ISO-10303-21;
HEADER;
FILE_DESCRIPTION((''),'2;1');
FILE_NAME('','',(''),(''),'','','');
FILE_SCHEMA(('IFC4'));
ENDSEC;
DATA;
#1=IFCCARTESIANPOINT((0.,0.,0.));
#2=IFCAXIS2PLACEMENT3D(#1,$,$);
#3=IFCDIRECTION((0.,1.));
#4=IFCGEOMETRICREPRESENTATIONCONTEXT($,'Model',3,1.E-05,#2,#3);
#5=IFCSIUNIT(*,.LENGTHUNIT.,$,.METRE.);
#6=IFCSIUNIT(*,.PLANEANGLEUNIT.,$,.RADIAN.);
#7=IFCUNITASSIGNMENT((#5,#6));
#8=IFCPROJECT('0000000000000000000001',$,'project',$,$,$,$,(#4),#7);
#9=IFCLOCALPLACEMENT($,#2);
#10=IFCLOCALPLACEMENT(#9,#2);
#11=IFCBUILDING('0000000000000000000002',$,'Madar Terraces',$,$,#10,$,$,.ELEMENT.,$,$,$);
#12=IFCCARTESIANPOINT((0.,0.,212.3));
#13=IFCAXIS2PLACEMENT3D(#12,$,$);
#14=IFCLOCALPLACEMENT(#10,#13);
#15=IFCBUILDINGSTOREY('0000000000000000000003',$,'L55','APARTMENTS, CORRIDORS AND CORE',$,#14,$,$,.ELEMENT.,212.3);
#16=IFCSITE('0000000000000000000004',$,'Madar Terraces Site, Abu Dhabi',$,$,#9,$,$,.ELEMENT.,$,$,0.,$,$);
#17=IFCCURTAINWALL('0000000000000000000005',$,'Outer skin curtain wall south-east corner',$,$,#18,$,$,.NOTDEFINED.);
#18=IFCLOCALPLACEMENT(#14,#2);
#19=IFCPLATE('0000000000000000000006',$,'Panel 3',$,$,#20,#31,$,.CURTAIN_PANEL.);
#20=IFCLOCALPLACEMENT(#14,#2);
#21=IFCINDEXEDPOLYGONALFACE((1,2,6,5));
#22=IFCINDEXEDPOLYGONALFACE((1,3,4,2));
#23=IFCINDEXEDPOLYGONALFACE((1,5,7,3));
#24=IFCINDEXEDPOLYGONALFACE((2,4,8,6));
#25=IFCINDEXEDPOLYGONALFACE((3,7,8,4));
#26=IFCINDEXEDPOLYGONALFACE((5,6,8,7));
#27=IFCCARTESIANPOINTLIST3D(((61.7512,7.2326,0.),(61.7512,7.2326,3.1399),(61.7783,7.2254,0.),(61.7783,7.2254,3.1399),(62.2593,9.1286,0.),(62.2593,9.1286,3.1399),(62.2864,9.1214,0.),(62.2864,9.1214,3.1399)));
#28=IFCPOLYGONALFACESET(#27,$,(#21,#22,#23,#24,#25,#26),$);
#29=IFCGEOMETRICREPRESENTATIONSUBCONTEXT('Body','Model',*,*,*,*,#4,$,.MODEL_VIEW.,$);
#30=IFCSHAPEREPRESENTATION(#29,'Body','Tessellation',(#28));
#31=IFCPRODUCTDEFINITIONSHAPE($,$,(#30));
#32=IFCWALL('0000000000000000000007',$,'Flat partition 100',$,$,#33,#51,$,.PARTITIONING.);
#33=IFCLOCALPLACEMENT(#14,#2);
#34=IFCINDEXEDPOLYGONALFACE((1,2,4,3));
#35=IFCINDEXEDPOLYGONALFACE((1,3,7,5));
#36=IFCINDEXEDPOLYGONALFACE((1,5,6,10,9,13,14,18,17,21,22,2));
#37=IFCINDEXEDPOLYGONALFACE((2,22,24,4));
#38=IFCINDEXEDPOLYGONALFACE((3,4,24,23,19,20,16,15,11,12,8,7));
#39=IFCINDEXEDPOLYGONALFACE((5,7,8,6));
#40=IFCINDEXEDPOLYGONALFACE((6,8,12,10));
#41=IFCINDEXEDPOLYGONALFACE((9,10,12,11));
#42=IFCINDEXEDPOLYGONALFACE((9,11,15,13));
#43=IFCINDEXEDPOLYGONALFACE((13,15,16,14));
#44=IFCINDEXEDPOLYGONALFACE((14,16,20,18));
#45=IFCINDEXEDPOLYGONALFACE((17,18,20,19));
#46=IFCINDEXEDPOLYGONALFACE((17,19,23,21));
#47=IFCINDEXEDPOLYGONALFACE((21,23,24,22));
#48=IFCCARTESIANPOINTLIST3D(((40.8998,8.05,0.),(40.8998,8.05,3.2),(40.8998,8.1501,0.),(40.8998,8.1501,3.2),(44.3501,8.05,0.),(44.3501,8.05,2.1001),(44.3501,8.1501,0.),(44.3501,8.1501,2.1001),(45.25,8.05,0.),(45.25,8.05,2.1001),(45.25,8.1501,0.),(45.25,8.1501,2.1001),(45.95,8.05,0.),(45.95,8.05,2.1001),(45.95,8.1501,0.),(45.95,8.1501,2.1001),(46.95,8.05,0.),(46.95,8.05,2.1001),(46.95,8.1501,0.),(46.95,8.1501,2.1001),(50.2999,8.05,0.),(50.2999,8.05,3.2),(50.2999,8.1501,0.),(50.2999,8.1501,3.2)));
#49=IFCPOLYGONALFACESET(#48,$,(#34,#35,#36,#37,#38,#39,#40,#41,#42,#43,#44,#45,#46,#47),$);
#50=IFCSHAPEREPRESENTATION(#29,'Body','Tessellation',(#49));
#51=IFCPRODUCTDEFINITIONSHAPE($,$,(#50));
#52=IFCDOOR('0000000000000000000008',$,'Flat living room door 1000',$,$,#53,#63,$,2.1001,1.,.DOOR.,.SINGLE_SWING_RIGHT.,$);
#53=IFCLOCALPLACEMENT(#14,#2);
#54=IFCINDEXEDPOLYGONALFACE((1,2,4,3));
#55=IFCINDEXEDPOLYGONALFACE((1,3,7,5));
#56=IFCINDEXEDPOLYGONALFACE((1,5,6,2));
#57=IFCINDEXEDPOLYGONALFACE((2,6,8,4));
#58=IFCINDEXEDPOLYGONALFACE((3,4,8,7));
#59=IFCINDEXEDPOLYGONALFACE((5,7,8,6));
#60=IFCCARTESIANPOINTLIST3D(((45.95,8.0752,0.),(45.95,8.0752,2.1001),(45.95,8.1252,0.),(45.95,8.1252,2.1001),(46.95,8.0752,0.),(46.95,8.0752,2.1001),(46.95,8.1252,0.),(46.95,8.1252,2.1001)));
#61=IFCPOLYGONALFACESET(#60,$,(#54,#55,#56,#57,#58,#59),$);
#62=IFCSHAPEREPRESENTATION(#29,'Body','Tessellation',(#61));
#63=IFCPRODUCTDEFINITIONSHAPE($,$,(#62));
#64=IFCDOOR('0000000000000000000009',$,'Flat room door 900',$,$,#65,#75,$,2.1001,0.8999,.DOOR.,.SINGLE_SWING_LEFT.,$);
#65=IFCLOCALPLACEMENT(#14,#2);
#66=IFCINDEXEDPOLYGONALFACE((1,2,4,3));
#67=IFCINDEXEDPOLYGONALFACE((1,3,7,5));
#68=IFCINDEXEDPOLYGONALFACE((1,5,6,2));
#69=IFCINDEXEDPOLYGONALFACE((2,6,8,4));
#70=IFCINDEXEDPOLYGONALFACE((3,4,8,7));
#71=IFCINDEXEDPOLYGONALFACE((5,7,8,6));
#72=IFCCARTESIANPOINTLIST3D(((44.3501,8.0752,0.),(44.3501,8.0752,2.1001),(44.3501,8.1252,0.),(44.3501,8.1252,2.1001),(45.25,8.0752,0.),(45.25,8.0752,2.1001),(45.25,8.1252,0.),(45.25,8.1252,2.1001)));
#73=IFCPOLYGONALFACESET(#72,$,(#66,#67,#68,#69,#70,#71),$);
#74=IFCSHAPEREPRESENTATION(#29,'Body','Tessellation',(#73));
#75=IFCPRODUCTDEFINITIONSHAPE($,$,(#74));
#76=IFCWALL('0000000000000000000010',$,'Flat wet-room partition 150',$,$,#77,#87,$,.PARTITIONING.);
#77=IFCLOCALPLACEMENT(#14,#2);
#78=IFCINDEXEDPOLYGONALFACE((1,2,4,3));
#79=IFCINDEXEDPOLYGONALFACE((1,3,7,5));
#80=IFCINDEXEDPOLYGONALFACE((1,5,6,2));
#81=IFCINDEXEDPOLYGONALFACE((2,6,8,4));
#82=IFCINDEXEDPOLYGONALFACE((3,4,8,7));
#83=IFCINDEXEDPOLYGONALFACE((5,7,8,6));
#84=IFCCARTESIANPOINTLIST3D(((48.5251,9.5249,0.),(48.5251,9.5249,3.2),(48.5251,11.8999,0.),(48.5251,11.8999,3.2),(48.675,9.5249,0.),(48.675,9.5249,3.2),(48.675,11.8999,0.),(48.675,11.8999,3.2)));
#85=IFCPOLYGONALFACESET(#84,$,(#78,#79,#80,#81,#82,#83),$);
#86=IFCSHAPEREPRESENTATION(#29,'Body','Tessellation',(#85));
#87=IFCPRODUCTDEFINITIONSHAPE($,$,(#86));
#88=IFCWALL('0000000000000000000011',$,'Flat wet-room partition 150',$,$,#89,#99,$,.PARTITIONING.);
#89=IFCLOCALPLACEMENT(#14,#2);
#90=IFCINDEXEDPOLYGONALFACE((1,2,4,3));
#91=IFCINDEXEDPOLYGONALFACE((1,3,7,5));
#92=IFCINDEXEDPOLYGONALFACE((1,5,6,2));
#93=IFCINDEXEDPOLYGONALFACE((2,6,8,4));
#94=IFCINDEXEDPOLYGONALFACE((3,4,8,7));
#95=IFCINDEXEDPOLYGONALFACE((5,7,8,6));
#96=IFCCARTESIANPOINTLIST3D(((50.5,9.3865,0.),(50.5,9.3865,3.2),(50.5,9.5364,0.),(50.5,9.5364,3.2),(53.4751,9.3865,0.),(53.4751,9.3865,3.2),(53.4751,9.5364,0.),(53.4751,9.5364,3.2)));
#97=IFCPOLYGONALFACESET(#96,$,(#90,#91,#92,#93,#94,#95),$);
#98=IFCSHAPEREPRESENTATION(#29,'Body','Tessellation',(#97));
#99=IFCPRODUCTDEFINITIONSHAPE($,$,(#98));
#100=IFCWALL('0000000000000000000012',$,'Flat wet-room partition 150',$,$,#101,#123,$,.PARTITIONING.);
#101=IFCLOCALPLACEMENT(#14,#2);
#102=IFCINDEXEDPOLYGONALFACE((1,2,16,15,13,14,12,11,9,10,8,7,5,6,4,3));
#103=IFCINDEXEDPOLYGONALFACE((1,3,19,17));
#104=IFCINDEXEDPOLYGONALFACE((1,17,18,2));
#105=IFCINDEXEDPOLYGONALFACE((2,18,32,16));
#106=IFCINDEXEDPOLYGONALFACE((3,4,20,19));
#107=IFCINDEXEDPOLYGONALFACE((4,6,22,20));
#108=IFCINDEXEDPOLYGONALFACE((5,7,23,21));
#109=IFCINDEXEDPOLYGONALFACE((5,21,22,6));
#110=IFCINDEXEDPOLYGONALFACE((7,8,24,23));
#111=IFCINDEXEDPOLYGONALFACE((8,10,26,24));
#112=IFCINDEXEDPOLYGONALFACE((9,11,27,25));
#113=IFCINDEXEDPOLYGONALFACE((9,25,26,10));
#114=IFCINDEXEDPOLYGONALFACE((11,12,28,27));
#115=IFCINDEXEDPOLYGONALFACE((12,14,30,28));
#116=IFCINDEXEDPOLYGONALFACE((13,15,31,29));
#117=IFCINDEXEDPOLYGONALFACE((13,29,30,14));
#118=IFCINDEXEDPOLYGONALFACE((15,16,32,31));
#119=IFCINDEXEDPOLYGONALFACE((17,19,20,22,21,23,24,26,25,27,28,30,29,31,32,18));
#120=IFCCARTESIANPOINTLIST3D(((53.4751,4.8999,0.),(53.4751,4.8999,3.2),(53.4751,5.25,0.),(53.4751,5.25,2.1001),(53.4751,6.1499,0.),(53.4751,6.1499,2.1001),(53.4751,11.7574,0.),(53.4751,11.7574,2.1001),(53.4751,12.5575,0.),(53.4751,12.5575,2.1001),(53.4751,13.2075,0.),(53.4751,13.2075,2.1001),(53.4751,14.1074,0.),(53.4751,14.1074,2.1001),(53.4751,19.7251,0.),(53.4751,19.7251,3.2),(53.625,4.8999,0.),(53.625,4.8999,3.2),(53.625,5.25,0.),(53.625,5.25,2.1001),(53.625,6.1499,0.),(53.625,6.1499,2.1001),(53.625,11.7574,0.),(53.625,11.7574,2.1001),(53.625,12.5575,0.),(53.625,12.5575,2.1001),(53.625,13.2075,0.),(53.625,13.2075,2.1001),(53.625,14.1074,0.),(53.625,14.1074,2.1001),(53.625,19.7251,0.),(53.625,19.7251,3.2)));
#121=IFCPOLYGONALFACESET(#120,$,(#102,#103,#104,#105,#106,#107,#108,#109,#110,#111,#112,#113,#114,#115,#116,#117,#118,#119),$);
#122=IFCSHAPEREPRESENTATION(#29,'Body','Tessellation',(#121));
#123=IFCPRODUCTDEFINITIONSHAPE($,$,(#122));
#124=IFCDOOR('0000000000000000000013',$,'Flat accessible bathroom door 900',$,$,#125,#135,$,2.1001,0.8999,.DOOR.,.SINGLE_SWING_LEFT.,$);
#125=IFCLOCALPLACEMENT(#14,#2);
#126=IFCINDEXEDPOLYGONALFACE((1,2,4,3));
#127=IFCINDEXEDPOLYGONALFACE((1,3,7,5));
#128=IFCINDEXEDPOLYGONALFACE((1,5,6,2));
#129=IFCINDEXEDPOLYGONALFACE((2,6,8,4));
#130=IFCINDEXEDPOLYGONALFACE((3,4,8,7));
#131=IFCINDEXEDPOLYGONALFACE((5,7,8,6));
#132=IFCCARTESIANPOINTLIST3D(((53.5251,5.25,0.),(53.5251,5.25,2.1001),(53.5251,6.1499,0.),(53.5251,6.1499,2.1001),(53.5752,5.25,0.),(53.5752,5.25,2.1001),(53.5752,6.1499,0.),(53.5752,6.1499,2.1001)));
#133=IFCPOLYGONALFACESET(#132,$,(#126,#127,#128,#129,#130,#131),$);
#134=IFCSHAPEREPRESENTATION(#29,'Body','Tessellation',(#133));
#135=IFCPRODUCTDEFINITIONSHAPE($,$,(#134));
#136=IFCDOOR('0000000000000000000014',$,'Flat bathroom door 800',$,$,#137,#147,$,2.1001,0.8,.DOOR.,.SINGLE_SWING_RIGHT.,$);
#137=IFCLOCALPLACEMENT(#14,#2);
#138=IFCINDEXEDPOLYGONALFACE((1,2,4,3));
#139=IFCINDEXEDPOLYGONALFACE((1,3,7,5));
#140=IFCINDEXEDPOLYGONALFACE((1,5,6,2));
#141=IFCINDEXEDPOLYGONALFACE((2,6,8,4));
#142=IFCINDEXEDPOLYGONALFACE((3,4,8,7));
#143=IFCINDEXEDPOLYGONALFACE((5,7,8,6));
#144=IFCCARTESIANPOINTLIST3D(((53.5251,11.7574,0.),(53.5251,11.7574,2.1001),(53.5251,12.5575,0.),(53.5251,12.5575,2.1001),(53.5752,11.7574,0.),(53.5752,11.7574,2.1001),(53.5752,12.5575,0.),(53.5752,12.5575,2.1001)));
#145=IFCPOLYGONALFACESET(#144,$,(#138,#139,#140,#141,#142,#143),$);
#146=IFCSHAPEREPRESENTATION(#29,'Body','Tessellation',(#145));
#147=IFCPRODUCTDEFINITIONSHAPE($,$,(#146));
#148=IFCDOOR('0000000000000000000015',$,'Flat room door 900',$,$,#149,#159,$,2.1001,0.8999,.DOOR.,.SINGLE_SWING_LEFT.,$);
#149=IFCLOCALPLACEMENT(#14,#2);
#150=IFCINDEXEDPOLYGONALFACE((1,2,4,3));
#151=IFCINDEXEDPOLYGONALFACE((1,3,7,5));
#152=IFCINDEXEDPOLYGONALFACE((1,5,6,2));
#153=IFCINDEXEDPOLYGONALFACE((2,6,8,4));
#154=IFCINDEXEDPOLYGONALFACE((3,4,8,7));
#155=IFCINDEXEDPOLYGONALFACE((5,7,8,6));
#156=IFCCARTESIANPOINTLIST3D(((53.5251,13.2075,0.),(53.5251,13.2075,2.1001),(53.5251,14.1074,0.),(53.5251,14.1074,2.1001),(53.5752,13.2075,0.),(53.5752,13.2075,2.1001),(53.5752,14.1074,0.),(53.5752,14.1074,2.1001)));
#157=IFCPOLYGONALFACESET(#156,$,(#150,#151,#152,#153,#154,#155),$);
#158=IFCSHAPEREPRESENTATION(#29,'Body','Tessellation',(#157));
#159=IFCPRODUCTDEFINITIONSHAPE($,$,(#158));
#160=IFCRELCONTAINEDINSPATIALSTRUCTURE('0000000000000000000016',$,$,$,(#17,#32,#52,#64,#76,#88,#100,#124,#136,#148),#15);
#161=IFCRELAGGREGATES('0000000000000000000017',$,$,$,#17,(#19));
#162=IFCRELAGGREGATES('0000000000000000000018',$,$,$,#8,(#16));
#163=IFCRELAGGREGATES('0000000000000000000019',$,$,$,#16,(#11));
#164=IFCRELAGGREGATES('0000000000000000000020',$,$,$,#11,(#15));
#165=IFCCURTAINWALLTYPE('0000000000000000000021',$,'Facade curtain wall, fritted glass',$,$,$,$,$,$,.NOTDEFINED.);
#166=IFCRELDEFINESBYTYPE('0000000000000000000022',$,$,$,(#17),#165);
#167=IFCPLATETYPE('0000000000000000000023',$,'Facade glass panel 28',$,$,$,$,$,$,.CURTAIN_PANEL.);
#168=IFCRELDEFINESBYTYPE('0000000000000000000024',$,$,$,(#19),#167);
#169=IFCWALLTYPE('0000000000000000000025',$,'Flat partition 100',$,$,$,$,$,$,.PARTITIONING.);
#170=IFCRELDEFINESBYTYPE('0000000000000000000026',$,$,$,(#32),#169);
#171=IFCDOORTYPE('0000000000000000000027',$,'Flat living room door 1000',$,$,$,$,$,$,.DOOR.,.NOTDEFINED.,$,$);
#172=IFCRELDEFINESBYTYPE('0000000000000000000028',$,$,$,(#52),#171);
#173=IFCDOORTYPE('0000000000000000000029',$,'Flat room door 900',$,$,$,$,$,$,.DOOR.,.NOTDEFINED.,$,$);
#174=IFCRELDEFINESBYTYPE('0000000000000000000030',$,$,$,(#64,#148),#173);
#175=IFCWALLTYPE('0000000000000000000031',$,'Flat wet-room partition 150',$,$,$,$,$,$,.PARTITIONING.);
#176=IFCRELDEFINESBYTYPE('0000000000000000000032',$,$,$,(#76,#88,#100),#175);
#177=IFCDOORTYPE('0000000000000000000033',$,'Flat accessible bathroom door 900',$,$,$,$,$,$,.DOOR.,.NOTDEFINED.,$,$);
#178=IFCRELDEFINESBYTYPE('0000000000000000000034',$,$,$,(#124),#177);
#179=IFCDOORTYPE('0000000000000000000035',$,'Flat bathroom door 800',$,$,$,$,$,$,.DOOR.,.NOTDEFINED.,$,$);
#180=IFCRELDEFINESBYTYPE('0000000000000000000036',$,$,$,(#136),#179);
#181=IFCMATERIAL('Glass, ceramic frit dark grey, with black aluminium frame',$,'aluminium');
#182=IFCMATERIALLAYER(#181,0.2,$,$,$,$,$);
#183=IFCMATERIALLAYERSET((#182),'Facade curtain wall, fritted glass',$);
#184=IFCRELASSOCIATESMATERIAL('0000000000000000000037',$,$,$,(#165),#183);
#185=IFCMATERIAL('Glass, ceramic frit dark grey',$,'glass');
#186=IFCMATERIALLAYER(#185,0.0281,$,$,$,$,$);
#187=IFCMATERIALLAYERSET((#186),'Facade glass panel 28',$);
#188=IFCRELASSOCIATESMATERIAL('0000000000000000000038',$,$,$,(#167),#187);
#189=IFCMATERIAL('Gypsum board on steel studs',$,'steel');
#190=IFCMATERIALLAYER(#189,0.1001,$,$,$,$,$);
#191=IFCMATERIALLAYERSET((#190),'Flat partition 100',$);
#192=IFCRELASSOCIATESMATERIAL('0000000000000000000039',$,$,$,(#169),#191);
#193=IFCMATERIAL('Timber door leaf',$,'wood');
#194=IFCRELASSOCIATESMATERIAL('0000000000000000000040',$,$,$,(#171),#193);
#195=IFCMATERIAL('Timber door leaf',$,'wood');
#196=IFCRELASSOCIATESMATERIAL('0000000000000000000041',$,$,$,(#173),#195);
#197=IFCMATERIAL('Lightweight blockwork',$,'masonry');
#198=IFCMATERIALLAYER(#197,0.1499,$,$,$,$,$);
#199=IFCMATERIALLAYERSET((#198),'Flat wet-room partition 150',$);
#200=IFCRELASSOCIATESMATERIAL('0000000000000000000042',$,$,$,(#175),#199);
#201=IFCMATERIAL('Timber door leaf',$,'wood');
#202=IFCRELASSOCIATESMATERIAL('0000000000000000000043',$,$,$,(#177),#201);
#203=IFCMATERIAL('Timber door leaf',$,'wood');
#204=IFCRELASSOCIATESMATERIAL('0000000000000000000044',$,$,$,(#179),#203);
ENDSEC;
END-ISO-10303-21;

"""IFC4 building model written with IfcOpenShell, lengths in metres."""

from ifc_helpers import new_model, si_unit, direction, frame, frame_2d, origin, origin_2d, place, context, subcontext, project, spatial, rectangle, extrude, material, layer, layer_set, type_object, element, fill, aggregate, save


model = new_model("IFC4")

# Units and contexts
model_context = context("Model", 3, precision=1e-05, world=origin(), true_north=direction((0.0, 1.0)))
body_context = subcontext(model_context, "Body", "Model", "MODEL_VIEW")
ifc_project = project(units=[si_unit("LENGTHUNIT", "METRE"), si_unit("PLANEANGLEUNIT", "RADIAN")], contexts=[model_context])

# Site, building, storey
site_placement = place(None, origin())
site = spatial("IfcSite", under=ifc_project, at=site_placement, Name="Madar Terraces Site, Abu Dhabi", CompositionType="ELEMENT", RefElevation=0.0)
building_placement = place(site_placement, origin())
building = spatial("IfcBuilding", under=site, at=building_placement, Name="Madar Terraces", CompositionType="ELEMENT")
storey_placement = place(building_placement, frame((0.0, 0.0, 212.3)))
storey = spatial("IfcBuildingStorey", under=building, at=storey_placement, Name="L55", Description="APARTMENTS, CORRIDORS AND CORE", CompositionType="ELEMENT", Elevation=212.3)

# Shared definitions
ifc_material_1 = material(Name="Glass, ceramic frit dark grey, with black aluminium frame", Category="aluminium")
ifc_layer_1 = layer(ifc_material_1, 0.2)
ifc_layer_set_1 = layer_set([ifc_layer_1], Name="Facade curtain wall, fritted glass")
curtain_wall_type = type_object("IfcCurtainWallType", Name="Facade curtain wall, fritted glass", PredefinedType="NOTDEFINED", material=ifc_layer_set_1)

# Curtain wall
curtain_wall_1_placement = place(storey_placement, origin())
curtain_wall_1 = element("IfcCurtainWall", 1, at=curtain_wall_1_placement, inside=storey, type_object=curtain_wall_type, Name="Outer skin curtain wall south-east corner", PredefinedType="NOTDEFINED")

# Plate
ifc_material_2 = material(Name="Glass, ceramic frit dark grey", Category="glass")
ifc_layer_2 = layer(ifc_material_2, 0.0281)
ifc_layer_set_2 = layer_set([ifc_layer_2], Name="Facade glass panel 28")
plate_type = type_object("IfcPlateType", Name="Facade glass panel 28", PredefinedType="CURTAIN_PANEL", material=ifc_layer_set_2)
plate_1_placement = place(storey_placement, frame((62.0188, 8.177, 0.0), z_axis=(0.0, 0.0, 1.0), x_axis=(0.258819, 0.965926, 0.0)))
plate_1 = element("IfcPlate", 2, at=plate_1_placement, type_object=plate_type, Name="Panel 3", PredefinedType="CURTAIN_PANEL", context=body_context, shape_type="SweptSolid", body=[
    extrude(rectangle(XDim=1.9629, YDim=0.0281, at=origin_2d()), origin(), (0.0, 0.0, 1.0), 3.1399),
])
aggregate(curtain_wall_1, [plate_1])

# Wall, openings, doors
ifc_material_3 = material(Name="Gypsum board on steel studs", Category="steel")
ifc_layer_3 = layer(ifc_material_3, 0.1001)
ifc_layer_set_3 = layer_set([ifc_layer_3], Name="Flat partition 100")
wall_type_1 = type_object("IfcWallType", Name="Flat partition 100", PredefinedType="PARTITIONING", material=ifc_layer_set_3)
wall_1_placement = place(storey_placement, frame((50.3, 8.1001, 0.0), z_axis=(0.0, 0.0, 1.0), x_axis=(-1.0, 0.0, 0.0)))
wall_1 = element("IfcWall", 3, at=wall_1_placement, inside=storey, type_object=wall_type_1, Name="Flat partition 100", PredefinedType="PARTITIONING", context=body_context, shape_type="SweptSolid", body=[
    extrude(rectangle(XDim=9.4001, YDim=0.1001, at=frame_2d((4.7002, 0.0))), origin(), (0.0, 0.0, 1.0), 3.2),
])
opening_1_placement = place(wall_1_placement, frame((3.3501, 0.0, 0.0)))
opening_1 = element("IfcOpeningElement", 4, at=opening_1_placement, cuts=wall_1, PredefinedType="OPENING", context=body_context, shape_type="SweptSolid", body=[
    extrude(rectangle(XDim=1.0, YDim=2.1001, at=frame_2d((0.5, 1.05))), frame((0.0, 0.0601, 0.0), z_axis=(0.0, -1.0, 0.0), x_axis=(1.0, 0.0, 0.0)), (0.0, 0.0, 1.0), 0.1201),
])
opening_2_placement = place(wall_1_placement, frame((5.05, 0.0, 0.0)))
opening_2 = element("IfcOpeningElement", 5, at=opening_2_placement, cuts=wall_1, PredefinedType="OPENING", context=body_context, shape_type="SweptSolid", body=[
    extrude(rectangle(XDim=0.8999, YDim=2.1001, at=frame_2d((0.45, 1.05))), frame((0.0, 0.0601, 0.0), z_axis=(0.0, -1.0, 0.0), x_axis=(1.0, 0.0, 0.0)), (0.0, 0.0, 1.0), 0.1201),
])
ifc_material_4 = material(Name="Timber door leaf", Category="wood")
door_type_1 = type_object("IfcDoorType", Name="Flat living room door 1000", OperationType="NOTDEFINED", PredefinedType="DOOR", material=ifc_material_4)
door_1_placement = place(opening_1_placement, origin())
door_1 = element("IfcDoor", 6, at=door_1_placement, inside=storey, type_object=door_type_1, Name="Flat living room door 1000", OperationType="SINGLE_SWING_RIGHT", OverallHeight=2.1001, OverallWidth=1.0, PredefinedType="DOOR", context=body_context, shape_type="SweptSolid", body=[
    extrude(rectangle(XDim=1.0, YDim=2.1001, at=frame_2d((0.5, 1.05))), frame((0.0, 0.0249, 0.0), z_axis=(0.0, -1.0, 0.0), x_axis=(1.0, 0.0, 0.0)), (0.0, 0.0, 1.0), 0.05),
])
fill(opening_1, door_1)
ifc_material_5 = material(Name="Timber door leaf", Category="wood")
door_type_2 = type_object("IfcDoorType", Name="Flat room door 900", OperationType="NOTDEFINED", PredefinedType="DOOR", material=ifc_material_5)
door_2_placement = place(opening_2_placement, origin())
door_2 = element("IfcDoor", 7, at=door_2_placement, inside=storey, type_object=door_type_2, Name="Flat room door 900", OperationType="SINGLE_SWING_LEFT", OverallHeight=2.1001, OverallWidth=0.8999, PredefinedType="DOOR", context=body_context, shape_type="SweptSolid", body=[
    extrude(rectangle(XDim=0.8999, YDim=2.1001, at=frame_2d((0.45, 1.05))), frame((0.0, 0.0249, 0.0), z_axis=(0.0, -1.0, 0.0), x_axis=(1.0, 0.0, 0.0)), (0.0, 0.0, 1.0), 0.05),
])
fill(opening_2, door_2)

# Walls
ifc_material_6 = material(Name="Lightweight blockwork", Category="masonry")
ifc_layer_4 = layer(ifc_material_6, 0.1499)
ifc_layer_set_4 = layer_set([ifc_layer_4], Name="Flat wet-room partition 150")
wall_type_2 = type_object("IfcWallType", Name="Flat wet-room partition 150", PredefinedType="PARTITIONING", material=ifc_layer_set_4)
wall_2_placement = place(storey_placement, frame((48.6001, 11.8999, 0.0), z_axis=(0.0, 0.0, 1.0), x_axis=(0.0, -1.0, 0.0)))
element("IfcWall", 8, at=wall_2_placement, inside=storey, type_object=wall_type_2, Name="Flat wet-room partition 150", PredefinedType="PARTITIONING", context=body_context, shape_type="SweptSolid", body=[
    extrude(rectangle(XDim=2.375, YDim=0.1499, at=frame_2d((1.1875, 0.0))), origin(), (0.0, 0.0, 1.0), 3.2),
])
wall_3_placement = place(storey_placement, frame((50.5, 9.4614, 0.0), z_axis=(0.0, 0.0, 1.0), x_axis=(1.0, 0.0, 0.0)))
element("IfcWall", 9, at=wall_3_placement, inside=storey, type_object=wall_type_2, Name="Flat wet-room partition 150", PredefinedType="PARTITIONING", context=body_context, shape_type="SweptSolid", body=[
    extrude(rectangle(XDim=2.9751, YDim=0.1499, at=frame_2d((1.4875, 0.0))), origin(), (0.0, 0.0, 1.0), 3.2),
])

# Wall, openings, doors
wall_4_placement = place(storey_placement, frame((53.55, 4.8999, 0.0), z_axis=(0.0, 0.0, 1.0), x_axis=(0.0, 1.0, 0.0)))
wall_4 = element("IfcWall", 10, at=wall_4_placement, inside=storey, type_object=wall_type_2, Name="Flat wet-room partition 150", PredefinedType="PARTITIONING", context=body_context, shape_type="SweptSolid", body=[
    extrude(rectangle(XDim=14.8252, YDim=0.1499, at=frame_2d((7.4126, 0.0))), origin(), (0.0, 0.0, 1.0), 3.2),
])
opening_3_placement = place(wall_4_placement, frame((8.3076, 0.0, 0.0)))
opening_3 = element("IfcOpeningElement", 11, at=opening_3_placement, cuts=wall_4, PredefinedType="OPENING", context=body_context, shape_type="SweptSolid", body=[
    extrude(rectangle(XDim=0.8999, YDim=2.1001, at=frame_2d((0.45, 1.05))), frame((0.0, 0.085, 0.0), z_axis=(0.0, -1.0, 0.0), x_axis=(1.0, 0.0, 0.0)), (0.0, 0.0, 1.0), 0.1699),
])
opening_4_placement = place(wall_4_placement, frame((6.8577, 0.0, 0.0)))
opening_4 = element("IfcOpeningElement", 12, at=opening_4_placement, cuts=wall_4, PredefinedType="OPENING", context=body_context, shape_type="SweptSolid", body=[
    extrude(rectangle(XDim=0.8, YDim=2.1001, at=frame_2d((0.3999, 1.05))), frame((0.0, 0.085, 0.0), z_axis=(0.0, -1.0, 0.0), x_axis=(1.0, 0.0, 0.0)), (0.0, 0.0, 1.0), 0.1699),
])
opening_5_placement = place(wall_4_placement, frame((0.3501, 0.0, 0.0)))
opening_5 = element("IfcOpeningElement", 13, at=opening_5_placement, cuts=wall_4, PredefinedType="OPENING", context=body_context, shape_type="SweptSolid", body=[
    extrude(rectangle(XDim=0.8999, YDim=2.1001, at=frame_2d((0.45, 1.05))), frame((0.0, 0.085, 0.0), z_axis=(0.0, -1.0, 0.0), x_axis=(1.0, 0.0, 0.0)), (0.0, 0.0, 1.0), 0.1699),
])
ifc_material_7 = material(Name="Timber door leaf", Category="wood")
door_type_3 = type_object("IfcDoorType", Name="Flat accessible bathroom door 900", OperationType="NOTDEFINED", PredefinedType="DOOR", material=ifc_material_7)
door_3_placement = place(opening_5_placement, origin())
door_3 = element("IfcDoor", 14, at=door_3_placement, inside=storey, type_object=door_type_3, Name="Flat accessible bathroom door 900", OperationType="SINGLE_SWING_LEFT", OverallHeight=2.1001, OverallWidth=0.8999, PredefinedType="DOOR", context=body_context, shape_type="SweptSolid", body=[
    extrude(rectangle(XDim=0.8999, YDim=2.1001, at=frame_2d((0.45, 1.05))), frame((0.0, 0.0249, 0.0), z_axis=(0.0, -1.0, 0.0), x_axis=(1.0, 0.0, 0.0)), (0.0, 0.0, 1.0), 0.05),
])
fill(opening_5, door_3)
ifc_material_8 = material(Name="Timber door leaf", Category="wood")
door_type_4 = type_object("IfcDoorType", Name="Flat bathroom door 800", OperationType="NOTDEFINED", PredefinedType="DOOR", material=ifc_material_8)
door_4_placement = place(opening_4_placement, origin())
door_4 = element("IfcDoor", 15, at=door_4_placement, inside=storey, type_object=door_type_4, Name="Flat bathroom door 800", OperationType="SINGLE_SWING_RIGHT", OverallHeight=2.1001, OverallWidth=0.8, PredefinedType="DOOR", context=body_context, shape_type="SweptSolid", body=[
    extrude(rectangle(XDim=0.8, YDim=2.1001, at=frame_2d((0.3999, 1.05))), frame((0.0, 0.0249, 0.0), z_axis=(0.0, -1.0, 0.0), x_axis=(1.0, 0.0, 0.0)), (0.0, 0.0, 1.0), 0.05),
])
fill(opening_4, door_4)
door_5_placement = place(opening_3_placement, origin())
door_5 = element("IfcDoor", 16, at=door_5_placement, inside=storey, type_object=door_type_2, Name="Flat room door 900", OperationType="SINGLE_SWING_LEFT", OverallHeight=2.1001, OverallWidth=0.8999, PredefinedType="DOOR", context=body_context, shape_type="SweptSolid", body=[
    extrude(rectangle(XDim=0.8999, YDim=2.1001, at=frame_2d((0.45, 1.05))), frame((0.0, 0.0249, 0.0), z_axis=(0.0, -1.0, 0.0), x_axis=(1.0, 0.0, 0.0)), (0.0, 0.0, 1.0), 0.05),
])
fill(opening_3, door_5)

save(model, "model.ifc")
